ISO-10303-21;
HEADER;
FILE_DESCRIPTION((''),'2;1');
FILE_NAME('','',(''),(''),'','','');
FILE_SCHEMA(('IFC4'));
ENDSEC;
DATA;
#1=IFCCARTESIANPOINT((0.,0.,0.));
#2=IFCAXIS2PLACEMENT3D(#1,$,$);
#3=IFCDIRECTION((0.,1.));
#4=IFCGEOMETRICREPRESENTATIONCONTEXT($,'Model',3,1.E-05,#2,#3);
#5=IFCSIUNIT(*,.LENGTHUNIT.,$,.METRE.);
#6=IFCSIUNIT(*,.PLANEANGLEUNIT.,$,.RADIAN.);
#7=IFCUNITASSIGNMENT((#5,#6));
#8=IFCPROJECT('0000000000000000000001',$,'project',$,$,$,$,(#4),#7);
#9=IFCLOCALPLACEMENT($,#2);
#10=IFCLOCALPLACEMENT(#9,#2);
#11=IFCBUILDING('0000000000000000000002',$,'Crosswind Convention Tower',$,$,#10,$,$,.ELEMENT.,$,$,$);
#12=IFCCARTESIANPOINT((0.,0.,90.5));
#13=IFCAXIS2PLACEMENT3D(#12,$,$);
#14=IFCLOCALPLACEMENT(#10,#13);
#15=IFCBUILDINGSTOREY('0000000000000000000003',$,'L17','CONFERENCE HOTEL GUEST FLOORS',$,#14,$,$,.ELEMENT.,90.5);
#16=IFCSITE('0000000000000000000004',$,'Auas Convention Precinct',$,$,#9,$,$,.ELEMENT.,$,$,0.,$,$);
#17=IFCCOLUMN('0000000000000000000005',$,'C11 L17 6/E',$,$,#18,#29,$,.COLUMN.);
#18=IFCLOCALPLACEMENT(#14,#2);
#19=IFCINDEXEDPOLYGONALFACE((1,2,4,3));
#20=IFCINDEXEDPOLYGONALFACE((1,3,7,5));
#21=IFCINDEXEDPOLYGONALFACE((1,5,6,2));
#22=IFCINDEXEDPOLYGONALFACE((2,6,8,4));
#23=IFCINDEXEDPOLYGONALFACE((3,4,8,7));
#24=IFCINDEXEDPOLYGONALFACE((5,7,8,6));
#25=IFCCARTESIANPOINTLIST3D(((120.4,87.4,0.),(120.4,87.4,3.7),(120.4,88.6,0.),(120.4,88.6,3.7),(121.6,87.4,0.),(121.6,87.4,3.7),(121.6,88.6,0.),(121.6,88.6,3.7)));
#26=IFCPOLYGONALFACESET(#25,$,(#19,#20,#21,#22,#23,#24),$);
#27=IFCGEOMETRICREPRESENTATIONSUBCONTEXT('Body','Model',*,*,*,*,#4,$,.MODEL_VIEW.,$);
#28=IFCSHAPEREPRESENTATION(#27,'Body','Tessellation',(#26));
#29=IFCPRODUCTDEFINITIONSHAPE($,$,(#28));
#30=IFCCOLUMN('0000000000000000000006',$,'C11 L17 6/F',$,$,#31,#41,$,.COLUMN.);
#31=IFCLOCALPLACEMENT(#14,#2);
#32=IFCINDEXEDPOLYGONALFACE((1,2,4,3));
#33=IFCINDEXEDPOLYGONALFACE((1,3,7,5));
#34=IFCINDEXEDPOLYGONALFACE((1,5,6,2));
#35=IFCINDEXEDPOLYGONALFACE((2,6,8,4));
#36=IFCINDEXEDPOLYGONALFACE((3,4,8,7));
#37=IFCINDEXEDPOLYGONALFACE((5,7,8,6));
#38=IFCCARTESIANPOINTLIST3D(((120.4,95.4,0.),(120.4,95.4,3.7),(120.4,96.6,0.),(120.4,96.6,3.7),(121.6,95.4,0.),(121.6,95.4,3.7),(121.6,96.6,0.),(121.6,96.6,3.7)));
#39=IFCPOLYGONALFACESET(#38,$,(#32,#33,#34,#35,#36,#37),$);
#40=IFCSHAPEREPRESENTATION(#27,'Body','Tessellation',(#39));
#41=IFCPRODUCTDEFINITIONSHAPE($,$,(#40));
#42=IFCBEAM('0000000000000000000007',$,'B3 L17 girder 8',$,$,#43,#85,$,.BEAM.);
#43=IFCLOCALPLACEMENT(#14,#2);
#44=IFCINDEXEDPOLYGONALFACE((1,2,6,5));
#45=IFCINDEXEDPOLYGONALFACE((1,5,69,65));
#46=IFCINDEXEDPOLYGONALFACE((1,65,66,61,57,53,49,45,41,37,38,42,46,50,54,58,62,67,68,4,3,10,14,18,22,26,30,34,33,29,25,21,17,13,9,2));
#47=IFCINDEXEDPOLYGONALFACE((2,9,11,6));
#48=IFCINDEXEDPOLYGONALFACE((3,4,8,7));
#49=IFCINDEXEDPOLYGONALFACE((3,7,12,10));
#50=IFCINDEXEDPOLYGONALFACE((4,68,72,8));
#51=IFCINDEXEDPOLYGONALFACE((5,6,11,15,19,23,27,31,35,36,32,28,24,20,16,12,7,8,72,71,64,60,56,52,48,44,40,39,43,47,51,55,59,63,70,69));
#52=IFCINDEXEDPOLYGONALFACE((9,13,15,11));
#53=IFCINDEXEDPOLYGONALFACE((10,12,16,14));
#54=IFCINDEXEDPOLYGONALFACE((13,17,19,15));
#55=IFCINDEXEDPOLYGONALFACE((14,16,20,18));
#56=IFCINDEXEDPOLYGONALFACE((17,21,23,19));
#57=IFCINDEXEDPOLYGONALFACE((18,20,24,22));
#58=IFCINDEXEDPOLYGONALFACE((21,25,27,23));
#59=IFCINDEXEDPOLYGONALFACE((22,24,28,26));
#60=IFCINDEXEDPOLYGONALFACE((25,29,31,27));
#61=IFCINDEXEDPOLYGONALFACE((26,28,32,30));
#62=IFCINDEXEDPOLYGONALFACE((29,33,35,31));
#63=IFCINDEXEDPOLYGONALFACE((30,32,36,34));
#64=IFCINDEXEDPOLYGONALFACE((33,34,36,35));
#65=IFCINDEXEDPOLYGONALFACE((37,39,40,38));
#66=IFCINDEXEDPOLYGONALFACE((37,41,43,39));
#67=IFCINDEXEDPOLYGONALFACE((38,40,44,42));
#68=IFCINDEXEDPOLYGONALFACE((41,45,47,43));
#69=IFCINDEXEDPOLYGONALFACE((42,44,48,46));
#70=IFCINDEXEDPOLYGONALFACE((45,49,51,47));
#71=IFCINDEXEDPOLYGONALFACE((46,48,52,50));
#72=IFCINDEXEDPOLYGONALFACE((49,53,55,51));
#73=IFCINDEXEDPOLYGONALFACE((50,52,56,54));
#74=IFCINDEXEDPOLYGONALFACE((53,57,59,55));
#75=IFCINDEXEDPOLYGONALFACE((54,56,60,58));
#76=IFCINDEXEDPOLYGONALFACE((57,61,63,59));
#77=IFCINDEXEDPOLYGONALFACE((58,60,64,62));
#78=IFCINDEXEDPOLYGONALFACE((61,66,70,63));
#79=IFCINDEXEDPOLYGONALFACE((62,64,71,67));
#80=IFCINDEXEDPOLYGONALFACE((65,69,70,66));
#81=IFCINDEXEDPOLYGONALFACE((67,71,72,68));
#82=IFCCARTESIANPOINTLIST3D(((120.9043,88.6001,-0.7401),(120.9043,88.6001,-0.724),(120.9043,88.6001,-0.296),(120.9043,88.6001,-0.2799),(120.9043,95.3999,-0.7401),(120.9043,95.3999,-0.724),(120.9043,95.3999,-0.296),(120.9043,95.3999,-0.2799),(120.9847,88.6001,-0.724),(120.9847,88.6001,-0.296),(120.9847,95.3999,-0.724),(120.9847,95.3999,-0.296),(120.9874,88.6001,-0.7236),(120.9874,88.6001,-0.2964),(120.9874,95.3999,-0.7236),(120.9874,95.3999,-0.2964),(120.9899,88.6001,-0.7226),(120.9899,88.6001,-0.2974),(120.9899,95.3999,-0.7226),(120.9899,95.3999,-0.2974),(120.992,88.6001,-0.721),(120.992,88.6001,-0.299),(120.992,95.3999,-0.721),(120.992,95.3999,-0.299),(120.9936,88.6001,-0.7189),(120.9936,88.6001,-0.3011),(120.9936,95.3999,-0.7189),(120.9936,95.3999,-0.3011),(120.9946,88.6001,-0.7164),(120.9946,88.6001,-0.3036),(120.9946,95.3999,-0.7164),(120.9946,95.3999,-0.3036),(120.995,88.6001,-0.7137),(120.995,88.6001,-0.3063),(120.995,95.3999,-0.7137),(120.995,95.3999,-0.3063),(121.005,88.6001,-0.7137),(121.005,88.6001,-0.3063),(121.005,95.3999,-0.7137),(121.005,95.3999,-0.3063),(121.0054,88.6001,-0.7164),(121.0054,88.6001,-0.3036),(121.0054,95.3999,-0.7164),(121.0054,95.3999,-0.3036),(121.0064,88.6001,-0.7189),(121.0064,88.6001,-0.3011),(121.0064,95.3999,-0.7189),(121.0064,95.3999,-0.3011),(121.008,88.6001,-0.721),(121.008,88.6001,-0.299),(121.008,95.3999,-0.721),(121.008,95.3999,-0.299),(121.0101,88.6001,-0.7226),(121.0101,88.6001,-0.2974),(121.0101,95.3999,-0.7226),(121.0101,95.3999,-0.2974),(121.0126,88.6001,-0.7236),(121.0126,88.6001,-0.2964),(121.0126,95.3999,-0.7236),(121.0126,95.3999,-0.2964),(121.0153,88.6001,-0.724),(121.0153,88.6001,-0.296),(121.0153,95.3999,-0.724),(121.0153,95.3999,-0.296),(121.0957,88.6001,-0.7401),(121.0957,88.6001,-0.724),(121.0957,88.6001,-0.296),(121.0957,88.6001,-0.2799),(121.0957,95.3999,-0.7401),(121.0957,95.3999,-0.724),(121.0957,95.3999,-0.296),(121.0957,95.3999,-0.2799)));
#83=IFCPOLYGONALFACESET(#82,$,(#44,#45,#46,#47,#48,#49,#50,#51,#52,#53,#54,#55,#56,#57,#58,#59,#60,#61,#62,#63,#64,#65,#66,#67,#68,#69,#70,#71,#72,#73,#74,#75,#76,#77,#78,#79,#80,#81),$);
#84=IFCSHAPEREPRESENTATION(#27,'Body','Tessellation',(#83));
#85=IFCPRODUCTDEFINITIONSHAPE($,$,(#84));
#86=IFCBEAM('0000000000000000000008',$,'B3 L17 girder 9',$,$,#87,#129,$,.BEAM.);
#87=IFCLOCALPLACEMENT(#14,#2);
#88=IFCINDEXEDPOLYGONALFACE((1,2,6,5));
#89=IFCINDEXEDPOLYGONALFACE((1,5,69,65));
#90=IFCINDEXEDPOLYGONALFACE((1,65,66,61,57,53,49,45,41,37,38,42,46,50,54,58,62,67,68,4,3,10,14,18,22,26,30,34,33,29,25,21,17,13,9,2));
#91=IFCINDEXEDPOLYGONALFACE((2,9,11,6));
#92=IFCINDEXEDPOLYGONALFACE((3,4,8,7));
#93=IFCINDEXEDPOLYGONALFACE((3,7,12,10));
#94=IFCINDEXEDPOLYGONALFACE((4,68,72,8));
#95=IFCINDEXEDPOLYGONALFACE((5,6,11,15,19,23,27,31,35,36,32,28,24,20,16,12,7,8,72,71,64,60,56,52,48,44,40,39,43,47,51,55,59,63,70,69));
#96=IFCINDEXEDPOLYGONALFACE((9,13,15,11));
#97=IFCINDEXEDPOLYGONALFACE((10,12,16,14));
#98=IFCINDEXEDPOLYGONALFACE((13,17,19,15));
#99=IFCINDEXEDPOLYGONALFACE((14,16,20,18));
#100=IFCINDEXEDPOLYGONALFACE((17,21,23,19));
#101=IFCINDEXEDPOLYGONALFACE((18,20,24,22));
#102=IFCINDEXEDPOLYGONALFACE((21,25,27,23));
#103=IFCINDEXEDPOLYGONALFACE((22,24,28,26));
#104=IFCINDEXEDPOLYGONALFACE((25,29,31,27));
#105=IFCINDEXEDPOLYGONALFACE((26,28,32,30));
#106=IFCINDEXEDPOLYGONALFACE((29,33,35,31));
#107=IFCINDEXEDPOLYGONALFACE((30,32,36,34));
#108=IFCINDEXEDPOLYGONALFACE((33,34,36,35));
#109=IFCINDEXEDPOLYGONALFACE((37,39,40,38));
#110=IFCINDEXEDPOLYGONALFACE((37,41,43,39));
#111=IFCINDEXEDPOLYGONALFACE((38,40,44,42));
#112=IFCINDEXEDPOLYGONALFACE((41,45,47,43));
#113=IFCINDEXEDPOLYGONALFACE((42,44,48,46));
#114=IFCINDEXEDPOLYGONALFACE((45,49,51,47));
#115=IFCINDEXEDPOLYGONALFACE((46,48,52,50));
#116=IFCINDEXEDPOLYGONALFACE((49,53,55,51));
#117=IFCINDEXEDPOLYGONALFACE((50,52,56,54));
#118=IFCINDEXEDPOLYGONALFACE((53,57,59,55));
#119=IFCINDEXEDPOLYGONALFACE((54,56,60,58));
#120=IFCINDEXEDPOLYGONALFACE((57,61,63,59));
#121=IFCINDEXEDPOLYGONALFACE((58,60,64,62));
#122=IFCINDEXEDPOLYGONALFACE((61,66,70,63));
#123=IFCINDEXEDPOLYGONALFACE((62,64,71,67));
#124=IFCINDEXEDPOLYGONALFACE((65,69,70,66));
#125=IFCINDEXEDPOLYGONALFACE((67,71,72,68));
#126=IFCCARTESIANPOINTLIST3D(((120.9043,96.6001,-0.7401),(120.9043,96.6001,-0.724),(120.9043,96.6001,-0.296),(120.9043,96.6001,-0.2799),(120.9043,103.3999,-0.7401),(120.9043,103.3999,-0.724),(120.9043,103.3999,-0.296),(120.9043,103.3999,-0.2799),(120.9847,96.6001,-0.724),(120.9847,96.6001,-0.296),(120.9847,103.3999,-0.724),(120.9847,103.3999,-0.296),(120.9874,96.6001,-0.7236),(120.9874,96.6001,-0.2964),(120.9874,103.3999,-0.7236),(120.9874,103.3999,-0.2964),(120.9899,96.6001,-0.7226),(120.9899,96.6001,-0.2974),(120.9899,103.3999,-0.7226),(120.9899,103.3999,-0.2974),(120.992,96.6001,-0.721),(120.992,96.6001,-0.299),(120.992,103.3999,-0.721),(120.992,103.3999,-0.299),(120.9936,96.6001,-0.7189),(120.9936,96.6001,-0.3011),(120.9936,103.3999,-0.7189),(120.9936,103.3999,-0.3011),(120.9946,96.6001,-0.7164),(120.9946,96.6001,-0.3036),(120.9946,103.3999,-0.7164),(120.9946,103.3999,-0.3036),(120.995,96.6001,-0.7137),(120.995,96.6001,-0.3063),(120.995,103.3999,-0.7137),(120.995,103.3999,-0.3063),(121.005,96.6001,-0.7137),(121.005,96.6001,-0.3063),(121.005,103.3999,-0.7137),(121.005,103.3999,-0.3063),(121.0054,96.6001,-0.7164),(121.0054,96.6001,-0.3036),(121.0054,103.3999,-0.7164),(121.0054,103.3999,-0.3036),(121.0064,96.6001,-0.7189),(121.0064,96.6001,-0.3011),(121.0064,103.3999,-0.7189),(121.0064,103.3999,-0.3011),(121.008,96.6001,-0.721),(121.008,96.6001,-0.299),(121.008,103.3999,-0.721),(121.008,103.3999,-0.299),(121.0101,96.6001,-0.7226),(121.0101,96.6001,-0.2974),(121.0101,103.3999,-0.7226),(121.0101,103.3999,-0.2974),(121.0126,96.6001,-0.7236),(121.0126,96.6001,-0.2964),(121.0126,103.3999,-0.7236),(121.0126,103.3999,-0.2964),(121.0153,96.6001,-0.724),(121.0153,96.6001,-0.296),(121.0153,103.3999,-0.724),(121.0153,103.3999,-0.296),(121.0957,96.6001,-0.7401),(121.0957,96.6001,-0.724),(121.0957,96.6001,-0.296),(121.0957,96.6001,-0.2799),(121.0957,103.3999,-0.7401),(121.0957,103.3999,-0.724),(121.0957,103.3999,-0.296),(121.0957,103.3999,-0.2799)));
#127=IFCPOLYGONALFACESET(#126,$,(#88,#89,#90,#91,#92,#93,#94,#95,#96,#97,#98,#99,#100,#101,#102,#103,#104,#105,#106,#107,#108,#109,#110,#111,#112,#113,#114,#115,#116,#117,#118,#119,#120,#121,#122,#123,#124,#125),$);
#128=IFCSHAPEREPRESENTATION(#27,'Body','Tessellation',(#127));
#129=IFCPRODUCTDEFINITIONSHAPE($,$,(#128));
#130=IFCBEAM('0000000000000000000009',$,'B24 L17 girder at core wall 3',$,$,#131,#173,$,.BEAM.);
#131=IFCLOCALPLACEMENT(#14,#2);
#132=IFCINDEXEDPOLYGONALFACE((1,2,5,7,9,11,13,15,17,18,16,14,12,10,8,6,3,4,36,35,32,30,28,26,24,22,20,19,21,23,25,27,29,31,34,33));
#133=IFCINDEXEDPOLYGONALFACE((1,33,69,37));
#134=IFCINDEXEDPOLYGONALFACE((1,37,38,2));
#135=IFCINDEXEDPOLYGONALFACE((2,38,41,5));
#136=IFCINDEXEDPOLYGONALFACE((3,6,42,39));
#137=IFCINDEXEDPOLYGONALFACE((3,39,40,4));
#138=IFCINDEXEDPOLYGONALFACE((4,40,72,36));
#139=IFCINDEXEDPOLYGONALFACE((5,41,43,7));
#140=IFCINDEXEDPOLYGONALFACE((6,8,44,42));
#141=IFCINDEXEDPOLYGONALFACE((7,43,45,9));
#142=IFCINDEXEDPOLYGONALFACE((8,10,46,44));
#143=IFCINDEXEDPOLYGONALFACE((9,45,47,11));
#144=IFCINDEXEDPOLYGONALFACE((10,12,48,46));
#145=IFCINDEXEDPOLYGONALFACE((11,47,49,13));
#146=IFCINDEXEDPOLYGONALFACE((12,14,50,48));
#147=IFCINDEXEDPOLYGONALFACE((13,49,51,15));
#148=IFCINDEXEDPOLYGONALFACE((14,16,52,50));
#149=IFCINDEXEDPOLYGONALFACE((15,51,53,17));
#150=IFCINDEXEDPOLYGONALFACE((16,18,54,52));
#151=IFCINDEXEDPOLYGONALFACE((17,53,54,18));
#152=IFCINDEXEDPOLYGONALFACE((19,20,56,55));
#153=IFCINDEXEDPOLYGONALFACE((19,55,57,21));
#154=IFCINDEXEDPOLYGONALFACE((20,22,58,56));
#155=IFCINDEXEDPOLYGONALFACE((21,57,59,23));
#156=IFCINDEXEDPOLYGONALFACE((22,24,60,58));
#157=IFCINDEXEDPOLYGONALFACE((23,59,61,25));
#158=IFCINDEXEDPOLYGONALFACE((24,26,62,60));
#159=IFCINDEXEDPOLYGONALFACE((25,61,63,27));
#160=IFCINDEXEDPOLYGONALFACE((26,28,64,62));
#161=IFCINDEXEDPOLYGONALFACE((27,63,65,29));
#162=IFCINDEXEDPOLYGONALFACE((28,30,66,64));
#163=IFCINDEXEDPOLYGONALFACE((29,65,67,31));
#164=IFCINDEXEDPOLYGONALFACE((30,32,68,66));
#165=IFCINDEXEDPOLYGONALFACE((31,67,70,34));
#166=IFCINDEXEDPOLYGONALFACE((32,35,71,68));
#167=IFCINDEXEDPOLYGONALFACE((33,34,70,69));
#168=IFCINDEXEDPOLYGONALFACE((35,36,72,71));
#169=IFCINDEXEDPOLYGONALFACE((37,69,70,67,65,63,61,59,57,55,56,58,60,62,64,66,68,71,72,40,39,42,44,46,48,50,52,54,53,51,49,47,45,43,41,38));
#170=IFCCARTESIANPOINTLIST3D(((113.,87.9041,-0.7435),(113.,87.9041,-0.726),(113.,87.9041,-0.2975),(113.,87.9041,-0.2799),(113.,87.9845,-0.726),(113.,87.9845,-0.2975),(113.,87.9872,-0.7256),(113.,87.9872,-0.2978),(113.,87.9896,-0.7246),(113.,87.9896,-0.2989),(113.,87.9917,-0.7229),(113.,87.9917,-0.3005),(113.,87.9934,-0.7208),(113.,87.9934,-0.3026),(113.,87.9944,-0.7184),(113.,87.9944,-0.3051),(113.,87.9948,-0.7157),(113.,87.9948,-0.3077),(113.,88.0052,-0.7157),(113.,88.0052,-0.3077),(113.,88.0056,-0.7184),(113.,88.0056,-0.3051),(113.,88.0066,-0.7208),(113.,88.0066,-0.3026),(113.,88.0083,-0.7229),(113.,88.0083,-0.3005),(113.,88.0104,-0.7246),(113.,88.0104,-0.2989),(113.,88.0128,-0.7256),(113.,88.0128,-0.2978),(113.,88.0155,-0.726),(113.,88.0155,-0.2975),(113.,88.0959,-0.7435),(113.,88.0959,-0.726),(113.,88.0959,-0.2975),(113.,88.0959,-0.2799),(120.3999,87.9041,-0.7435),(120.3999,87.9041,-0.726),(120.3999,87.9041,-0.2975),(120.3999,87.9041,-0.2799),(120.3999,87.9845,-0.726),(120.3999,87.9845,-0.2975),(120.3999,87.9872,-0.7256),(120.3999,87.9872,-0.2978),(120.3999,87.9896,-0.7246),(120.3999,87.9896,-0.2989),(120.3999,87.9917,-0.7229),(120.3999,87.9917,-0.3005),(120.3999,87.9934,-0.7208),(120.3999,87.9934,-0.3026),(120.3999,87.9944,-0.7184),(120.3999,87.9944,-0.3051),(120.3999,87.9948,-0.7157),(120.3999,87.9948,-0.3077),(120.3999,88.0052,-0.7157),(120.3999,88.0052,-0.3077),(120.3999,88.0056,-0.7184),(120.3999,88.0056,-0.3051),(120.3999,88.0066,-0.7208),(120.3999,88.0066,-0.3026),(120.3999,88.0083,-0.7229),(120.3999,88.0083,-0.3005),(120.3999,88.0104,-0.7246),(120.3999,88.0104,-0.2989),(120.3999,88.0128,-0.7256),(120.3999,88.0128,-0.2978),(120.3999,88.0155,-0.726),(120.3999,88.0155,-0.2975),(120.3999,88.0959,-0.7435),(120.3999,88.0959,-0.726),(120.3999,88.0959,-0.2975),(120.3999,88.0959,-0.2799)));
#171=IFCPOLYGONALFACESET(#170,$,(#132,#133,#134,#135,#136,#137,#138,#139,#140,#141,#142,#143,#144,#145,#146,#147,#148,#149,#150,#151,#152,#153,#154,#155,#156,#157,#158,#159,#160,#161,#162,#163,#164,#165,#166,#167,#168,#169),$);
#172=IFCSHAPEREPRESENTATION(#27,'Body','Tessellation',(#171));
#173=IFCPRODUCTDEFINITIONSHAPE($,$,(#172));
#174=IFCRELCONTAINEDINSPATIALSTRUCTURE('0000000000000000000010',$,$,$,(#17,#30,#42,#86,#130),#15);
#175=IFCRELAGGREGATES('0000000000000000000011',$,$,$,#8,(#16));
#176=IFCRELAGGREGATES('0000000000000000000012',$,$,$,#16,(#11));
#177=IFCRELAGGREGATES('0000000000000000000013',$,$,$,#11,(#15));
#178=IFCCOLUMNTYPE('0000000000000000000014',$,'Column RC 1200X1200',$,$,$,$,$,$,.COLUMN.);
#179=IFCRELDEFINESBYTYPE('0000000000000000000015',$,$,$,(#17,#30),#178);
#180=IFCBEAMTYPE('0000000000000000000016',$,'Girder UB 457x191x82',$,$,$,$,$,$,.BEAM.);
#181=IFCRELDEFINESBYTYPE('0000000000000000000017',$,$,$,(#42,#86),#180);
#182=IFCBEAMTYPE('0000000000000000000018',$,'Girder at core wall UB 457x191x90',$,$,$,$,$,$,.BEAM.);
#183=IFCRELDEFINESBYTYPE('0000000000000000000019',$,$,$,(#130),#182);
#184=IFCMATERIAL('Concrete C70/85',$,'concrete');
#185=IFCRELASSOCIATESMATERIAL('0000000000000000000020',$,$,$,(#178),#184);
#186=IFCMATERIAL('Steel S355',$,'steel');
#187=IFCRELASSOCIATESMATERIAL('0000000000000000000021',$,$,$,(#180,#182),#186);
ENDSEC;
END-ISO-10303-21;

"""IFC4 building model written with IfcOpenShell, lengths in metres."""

from ifc_helpers import new_model, si_unit, direction, frame, origin, origin_2d, place, context, subcontext, project, spatial, rectangle, i_section, extrude, material, material_profile, profile_set, type_object, element, save


model = new_model("IFC4")

# Units and contexts
model_context = context("Model", 3, precision=1e-05, world=origin(), true_north=direction((0.0, 1.0)))
body_context = subcontext(model_context, "Body", "Model", "MODEL_VIEW")
ifc_project = project(units=[si_unit("LENGTHUNIT", "METRE"), si_unit("PLANEANGLEUNIT", "RADIAN")], contexts=[model_context])

# Site, building, storey
site_placement = place(None, origin())
site = spatial("IfcSite", under=ifc_project, at=site_placement, Name="Auas Convention Precinct", CompositionType="ELEMENT", RefElevation=0.0)
building_placement = place(site_placement, origin())
building = spatial("IfcBuilding", under=site, at=building_placement, Name="Crosswind Convention Tower", CompositionType="ELEMENT")
storey_placement = place(building_placement, frame((0.0, 0.0, 90.5)))
storey = spatial("IfcBuildingStorey", under=building, at=storey_placement, Name="L17", Description="CONFERENCE HOTEL GUEST FLOORS", CompositionType="ELEMENT", Elevation=90.5)

# Columns
ifc_material_1 = material(Name="Concrete C70/85", Category="concrete")
ifc_material_profile_1 = material_profile(ifc_material_1, rectangle(XDim=1.2, YDim=1.2, at=origin_2d()), Name="RC 1200X1200")
ifc_profile_set_1 = profile_set([ifc_material_profile_1], Name="Concrete C70/85")
column_type = type_object("IfcColumnType", Name="Column RC 1200X1200", PredefinedType="COLUMN", material=ifc_profile_set_1)
for number, where, z_axis, x_axis, name in (
    (1, (121.0, 88.0, 0.0), (0.0, 0.0, 1.0), (1.0, 0.0, 0.0), "C11 L17 6/E"),
    (2, (121.0, 96.0, 0.0), (0.0, 0.0, 1.0), (1.0, 0.0, 0.0), "C11 L17 6/F"),
):
    element("IfcColumn", number, at=place(storey_placement, frame(where, z_axis=z_axis, x_axis=x_axis)), inside=storey, type_object=column_type, Name=name, PredefinedType="COLUMN", context=body_context, shape_type="SweptSolid", body=[
        extrude(rectangle(XDim=1.2, YDim=1.2, at=origin_2d()), origin(), (0.0, 0.0, 1.0), 3.7),
    ])

# Beams
ifc_material_2 = material(Name="Steel S355", Category="steel")
ifc_material_profile_2 = material_profile(ifc_material_2, i_section(OverallWidth=0.1914, OverallDepth=0.4602, WebThickness=0.01, FlangeThickness=0.0161, FilletRadius=0.0103, at=origin_2d()), Name="UB 457x191x82")
ifc_profile_set_2 = profile_set([ifc_material_profile_2], Name="Steel S355")
beam_type_1 = type_object("IfcBeamType", Name="Girder UB 457x191x82", PredefinedType="BEAM", material=ifc_profile_set_2)
for number, where, z_axis, x_axis, name in (
    (3, (121.0, 88.6001, -0.51), (0.0, 1.0, 0.0), (-1.0, 0.0, 0.0), "B3 L17 girder 8"),
    (4, (121.0, 96.6001, -0.51), (0.0, 1.0, 0.0), (-1.0, 0.0, 0.0), "B3 L17 girder 9"),
):
    element("IfcBeam", number, at=place(storey_placement, frame(where, z_axis=z_axis, x_axis=x_axis)), inside=storey, type_object=beam_type_1, Name=name, PredefinedType="BEAM", context=body_context, shape_type="SweptSolid", body=[
        extrude(i_section(OverallWidth=0.1914, OverallDepth=0.4602, WebThickness=0.01, FlangeThickness=0.0161, FilletRadius=0.0103, at=origin_2d()), origin(), (0.0, 0.0, 1.0), 6.7998),
    ])
ifc_material_profile_3 = material_profile(ifc_material_2, i_section(OverallWidth=0.1919, OverallDepth=0.4636, WebThickness=0.0105, FlangeThickness=0.0176, FilletRadius=0.0103, at=origin_2d()), Name="UB 457x191x90")
ifc_profile_set_3 = profile_set([ifc_material_profile_3], Name="Steel S355")
beam_type_2 = type_object("IfcBeamType", Name="Girder at core wall UB 457x191x90", PredefinedType="BEAM", material=ifc_profile_set_3)
for number, where, z_axis, x_axis, name in (
    (5, (113.0, 88.0, -0.5117), (1.0, 0.0, 0.0), (0.0, 1.0, 0.0), "B24 L17 girder at core wall 3"),
):
    element("IfcBeam", number, at=place(storey_placement, frame(where, z_axis=z_axis, x_axis=x_axis)), inside=storey, type_object=beam_type_2, Name=name, PredefinedType="BEAM", context=body_context, shape_type="SweptSolid", body=[
        extrude(i_section(OverallWidth=0.1919, OverallDepth=0.4636, WebThickness=0.0105, FlangeThickness=0.0176, FilletRadius=0.0103, at=origin_2d()), origin(), (0.0, 0.0, 1.0), 7.3999),
    ])

save(model, "model.ifc")
